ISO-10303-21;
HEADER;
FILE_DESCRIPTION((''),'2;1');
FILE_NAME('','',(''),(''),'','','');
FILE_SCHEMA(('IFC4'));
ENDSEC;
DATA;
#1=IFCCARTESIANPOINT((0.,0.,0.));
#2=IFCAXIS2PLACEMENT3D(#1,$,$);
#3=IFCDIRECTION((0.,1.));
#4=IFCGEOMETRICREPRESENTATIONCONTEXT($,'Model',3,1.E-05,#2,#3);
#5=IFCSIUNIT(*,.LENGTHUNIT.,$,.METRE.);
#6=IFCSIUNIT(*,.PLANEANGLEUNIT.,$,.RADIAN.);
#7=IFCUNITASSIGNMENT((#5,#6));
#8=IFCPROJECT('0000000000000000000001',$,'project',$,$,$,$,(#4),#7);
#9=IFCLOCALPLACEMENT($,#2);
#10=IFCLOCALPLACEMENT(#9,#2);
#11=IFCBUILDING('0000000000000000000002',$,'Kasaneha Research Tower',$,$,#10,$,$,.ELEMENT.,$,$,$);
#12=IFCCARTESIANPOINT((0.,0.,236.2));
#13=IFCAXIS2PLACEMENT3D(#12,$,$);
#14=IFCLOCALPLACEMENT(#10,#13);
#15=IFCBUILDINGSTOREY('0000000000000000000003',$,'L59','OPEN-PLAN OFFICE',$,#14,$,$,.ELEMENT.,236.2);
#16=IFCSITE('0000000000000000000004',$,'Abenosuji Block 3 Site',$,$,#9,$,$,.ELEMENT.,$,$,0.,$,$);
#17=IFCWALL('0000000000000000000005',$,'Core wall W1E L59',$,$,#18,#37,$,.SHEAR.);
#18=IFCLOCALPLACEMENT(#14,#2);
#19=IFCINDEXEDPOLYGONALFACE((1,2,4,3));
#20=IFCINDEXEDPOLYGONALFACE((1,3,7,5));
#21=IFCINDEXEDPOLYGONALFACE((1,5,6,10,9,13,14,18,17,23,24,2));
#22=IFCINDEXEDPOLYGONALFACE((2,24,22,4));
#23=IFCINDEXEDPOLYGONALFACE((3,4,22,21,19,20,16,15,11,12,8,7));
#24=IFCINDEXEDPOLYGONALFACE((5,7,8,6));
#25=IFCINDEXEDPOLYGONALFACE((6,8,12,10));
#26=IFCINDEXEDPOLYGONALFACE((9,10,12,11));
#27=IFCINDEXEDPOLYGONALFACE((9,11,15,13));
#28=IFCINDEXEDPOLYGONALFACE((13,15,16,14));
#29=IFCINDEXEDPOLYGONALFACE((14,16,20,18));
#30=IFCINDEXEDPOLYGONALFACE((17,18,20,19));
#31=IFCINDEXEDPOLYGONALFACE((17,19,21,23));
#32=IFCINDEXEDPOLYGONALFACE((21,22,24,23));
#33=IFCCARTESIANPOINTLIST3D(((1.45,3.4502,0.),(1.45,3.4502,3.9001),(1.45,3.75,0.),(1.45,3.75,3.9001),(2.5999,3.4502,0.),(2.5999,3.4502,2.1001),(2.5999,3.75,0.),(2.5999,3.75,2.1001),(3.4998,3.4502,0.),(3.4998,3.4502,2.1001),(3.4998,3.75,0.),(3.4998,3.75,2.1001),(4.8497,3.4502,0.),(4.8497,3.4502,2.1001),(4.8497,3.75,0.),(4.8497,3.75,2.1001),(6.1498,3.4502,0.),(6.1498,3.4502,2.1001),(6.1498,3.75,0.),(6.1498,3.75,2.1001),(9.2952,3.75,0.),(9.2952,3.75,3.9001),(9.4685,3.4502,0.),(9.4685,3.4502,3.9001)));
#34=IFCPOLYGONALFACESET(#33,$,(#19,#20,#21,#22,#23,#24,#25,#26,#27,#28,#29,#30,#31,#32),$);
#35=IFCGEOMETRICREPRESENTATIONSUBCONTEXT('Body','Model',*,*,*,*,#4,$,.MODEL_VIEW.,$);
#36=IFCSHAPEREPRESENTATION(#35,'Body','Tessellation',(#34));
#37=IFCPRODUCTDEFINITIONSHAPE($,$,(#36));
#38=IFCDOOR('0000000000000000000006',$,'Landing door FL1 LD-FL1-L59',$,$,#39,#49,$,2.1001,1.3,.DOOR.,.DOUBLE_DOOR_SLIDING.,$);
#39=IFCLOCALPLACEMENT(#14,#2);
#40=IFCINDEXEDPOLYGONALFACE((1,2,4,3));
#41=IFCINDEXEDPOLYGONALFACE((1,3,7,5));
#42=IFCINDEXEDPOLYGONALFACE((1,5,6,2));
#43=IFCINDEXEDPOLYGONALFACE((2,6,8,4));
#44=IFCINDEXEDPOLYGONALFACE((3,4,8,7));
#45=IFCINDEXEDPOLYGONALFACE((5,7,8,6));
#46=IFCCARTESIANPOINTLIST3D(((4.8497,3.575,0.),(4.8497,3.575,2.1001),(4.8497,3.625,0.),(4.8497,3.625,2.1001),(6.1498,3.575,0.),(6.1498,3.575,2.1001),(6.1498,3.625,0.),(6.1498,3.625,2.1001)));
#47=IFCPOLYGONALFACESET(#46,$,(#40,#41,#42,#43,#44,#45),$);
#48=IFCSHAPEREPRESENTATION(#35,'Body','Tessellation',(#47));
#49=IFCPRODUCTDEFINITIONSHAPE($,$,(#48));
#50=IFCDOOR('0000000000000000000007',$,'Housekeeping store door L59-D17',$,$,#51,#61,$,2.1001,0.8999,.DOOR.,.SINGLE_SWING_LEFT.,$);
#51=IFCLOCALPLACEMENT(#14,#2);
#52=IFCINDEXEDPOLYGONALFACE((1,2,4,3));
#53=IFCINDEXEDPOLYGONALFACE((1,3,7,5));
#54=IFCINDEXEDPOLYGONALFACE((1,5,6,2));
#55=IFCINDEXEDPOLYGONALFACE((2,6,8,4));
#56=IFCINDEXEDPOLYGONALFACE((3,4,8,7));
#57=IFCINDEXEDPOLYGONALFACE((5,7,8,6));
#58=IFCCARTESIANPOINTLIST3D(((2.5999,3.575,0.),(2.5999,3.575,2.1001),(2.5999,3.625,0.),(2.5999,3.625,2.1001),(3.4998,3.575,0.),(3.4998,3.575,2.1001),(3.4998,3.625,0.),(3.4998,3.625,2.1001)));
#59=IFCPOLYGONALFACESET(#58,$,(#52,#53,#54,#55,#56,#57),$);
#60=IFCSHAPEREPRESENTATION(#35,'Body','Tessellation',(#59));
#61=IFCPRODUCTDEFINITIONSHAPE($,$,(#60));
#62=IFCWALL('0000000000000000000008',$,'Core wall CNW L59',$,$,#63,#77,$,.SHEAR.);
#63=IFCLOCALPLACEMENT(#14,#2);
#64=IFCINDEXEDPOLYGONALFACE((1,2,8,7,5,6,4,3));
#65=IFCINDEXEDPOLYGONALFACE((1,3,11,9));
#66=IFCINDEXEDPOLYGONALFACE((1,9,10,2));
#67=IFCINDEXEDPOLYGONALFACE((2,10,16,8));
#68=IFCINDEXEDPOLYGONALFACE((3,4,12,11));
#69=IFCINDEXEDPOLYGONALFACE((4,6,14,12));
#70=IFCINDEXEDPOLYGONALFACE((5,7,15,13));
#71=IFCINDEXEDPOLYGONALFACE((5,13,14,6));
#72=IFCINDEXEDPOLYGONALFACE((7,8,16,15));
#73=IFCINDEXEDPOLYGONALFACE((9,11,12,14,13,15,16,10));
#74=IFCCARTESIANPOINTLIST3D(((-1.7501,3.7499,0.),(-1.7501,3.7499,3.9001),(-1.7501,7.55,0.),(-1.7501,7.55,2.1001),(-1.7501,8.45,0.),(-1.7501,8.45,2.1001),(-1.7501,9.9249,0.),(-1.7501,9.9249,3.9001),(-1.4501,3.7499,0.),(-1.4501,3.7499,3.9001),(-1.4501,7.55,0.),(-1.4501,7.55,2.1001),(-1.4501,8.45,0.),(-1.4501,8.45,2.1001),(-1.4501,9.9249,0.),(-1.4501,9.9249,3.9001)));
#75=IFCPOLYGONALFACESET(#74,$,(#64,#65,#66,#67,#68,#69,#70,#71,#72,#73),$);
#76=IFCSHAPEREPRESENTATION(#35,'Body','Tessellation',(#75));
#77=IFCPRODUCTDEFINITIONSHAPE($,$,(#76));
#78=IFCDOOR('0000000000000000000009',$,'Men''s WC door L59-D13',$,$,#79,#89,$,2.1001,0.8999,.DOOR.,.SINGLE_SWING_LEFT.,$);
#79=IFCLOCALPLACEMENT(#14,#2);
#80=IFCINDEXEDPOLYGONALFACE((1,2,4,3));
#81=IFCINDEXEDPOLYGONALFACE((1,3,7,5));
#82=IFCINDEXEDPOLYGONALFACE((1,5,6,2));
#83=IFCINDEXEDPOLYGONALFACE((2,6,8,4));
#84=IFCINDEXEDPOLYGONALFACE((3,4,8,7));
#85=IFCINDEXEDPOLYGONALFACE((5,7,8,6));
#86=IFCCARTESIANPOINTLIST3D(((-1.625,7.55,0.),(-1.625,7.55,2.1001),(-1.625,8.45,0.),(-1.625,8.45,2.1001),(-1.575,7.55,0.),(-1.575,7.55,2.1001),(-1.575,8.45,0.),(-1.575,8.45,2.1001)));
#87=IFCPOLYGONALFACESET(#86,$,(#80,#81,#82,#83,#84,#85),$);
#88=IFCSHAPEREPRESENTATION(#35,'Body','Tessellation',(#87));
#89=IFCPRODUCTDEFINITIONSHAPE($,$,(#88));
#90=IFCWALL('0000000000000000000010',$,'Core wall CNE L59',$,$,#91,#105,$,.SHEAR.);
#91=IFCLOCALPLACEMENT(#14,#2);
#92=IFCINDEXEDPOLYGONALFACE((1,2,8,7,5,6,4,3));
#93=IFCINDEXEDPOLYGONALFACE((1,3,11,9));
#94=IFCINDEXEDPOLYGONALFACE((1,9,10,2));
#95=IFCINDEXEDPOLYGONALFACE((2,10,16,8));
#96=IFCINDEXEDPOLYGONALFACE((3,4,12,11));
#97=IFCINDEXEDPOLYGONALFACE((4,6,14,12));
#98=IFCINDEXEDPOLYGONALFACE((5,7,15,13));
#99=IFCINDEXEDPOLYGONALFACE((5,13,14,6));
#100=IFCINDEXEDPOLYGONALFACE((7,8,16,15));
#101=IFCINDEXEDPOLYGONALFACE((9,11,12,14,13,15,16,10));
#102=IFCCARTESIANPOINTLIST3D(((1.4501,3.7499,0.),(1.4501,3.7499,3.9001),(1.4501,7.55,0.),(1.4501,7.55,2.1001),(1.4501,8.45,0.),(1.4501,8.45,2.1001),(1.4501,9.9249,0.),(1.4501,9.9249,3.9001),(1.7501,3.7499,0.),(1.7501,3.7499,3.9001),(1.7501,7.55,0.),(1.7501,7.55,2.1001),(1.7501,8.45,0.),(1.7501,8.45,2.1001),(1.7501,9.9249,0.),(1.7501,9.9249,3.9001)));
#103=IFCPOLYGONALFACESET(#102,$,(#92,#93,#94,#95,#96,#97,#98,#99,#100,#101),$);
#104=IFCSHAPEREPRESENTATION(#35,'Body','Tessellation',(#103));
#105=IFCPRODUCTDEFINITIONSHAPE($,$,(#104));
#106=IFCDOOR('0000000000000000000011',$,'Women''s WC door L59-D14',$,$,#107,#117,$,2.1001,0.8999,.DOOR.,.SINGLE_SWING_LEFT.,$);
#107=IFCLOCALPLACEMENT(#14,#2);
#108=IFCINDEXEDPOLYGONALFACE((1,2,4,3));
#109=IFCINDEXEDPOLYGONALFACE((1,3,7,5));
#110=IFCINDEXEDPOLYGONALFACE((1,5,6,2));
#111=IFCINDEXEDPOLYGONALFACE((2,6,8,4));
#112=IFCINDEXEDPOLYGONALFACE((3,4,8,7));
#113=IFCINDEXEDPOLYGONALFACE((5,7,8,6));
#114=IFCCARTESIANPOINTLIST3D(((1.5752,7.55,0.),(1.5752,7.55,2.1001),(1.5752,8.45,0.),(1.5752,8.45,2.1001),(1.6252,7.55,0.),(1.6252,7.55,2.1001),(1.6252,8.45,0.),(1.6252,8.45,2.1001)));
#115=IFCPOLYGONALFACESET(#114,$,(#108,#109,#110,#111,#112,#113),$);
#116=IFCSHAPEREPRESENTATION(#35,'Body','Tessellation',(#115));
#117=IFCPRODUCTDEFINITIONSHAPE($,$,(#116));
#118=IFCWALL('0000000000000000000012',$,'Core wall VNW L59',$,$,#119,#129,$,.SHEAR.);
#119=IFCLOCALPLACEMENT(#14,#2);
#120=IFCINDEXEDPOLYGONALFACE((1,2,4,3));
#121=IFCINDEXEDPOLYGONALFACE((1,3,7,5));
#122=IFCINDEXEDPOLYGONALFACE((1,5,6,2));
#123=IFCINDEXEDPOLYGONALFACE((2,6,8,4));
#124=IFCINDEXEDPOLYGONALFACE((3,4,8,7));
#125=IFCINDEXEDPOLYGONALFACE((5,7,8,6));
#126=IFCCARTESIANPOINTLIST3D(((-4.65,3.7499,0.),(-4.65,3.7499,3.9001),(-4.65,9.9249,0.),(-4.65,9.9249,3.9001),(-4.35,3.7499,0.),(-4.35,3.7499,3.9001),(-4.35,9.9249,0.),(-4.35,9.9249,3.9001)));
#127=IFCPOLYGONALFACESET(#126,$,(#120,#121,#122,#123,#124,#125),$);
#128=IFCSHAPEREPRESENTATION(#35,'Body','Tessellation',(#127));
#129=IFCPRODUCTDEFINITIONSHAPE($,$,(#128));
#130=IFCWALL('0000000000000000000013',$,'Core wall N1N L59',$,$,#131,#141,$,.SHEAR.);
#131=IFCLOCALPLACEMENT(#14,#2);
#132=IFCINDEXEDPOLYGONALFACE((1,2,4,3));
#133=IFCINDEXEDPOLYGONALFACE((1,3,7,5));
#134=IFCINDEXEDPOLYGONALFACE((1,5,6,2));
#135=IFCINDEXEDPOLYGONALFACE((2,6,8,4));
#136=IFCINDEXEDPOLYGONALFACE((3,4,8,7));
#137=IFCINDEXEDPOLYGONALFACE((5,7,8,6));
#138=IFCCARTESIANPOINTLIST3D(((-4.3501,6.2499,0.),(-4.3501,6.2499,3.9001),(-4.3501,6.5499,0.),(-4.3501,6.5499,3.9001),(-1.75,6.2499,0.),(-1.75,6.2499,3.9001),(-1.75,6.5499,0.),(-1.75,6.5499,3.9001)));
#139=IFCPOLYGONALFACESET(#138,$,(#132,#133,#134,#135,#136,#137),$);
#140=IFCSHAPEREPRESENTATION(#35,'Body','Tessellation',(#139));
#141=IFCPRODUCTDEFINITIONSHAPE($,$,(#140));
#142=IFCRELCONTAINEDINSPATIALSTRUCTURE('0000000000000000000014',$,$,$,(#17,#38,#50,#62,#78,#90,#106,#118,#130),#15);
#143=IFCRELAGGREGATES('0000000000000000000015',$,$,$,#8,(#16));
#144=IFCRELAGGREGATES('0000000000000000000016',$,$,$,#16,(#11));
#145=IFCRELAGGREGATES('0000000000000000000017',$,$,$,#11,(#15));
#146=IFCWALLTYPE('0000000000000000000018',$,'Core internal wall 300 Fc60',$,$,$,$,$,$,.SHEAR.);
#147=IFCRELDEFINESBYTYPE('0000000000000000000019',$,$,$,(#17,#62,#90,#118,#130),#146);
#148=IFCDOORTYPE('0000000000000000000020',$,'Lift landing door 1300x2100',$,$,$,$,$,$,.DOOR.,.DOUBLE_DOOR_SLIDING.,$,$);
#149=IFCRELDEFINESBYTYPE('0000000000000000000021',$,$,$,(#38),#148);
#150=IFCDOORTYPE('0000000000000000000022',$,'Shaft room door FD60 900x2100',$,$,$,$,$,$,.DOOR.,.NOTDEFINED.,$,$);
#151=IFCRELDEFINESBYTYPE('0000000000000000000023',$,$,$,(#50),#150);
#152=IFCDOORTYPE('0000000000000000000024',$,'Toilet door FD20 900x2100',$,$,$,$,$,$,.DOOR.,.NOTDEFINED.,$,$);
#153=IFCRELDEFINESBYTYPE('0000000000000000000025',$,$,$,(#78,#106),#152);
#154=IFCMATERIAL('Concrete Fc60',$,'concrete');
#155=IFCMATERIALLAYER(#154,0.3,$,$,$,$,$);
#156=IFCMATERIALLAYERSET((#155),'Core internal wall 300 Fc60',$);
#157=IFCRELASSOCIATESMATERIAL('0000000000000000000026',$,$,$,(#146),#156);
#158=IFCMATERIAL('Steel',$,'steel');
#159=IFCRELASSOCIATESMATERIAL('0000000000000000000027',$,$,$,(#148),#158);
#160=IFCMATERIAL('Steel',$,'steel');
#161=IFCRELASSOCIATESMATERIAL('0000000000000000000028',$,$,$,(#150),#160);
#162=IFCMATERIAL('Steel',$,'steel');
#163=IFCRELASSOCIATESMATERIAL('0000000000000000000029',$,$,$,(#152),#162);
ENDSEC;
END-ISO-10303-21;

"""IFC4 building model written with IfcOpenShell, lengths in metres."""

from ifc_helpers import new_model, si_unit, direction, frame, frame_2d, origin, place, context, subcontext, project, spatial, polyline, rectangle, outline, extrude, material, layer, layer_set, type_object, element, fill, save


model = new_model("IFC4")

# Units and contexts
model_context = context("Model", 3, precision=1e-05, world=origin(), true_north=direction((0.0, 1.0)))
body_context = subcontext(model_context, "Body", "Model", "MODEL_VIEW")
ifc_project = project(units=[si_unit("LENGTHUNIT", "METRE"), si_unit("PLANEANGLEUNIT", "RADIAN")], contexts=[model_context])

# Site, building, storey
site_placement = place(None, origin())
site = spatial("IfcSite", under=ifc_project, at=site_placement, Name="Abenosuji Block 3 Site", CompositionType="ELEMENT", RefElevation=0.0)
building_placement = place(site_placement, origin())
building = spatial("IfcBuilding", under=site, at=building_placement, Name="Kasaneha Research Tower", CompositionType="ELEMENT")
storey_placement = place(building_placement, frame((0.0, 0.0, 236.2)))
storey = spatial("IfcBuildingStorey", under=building, at=storey_placement, Name="L59", Description="OPEN-PLAN OFFICE", CompositionType="ELEMENT", Elevation=236.2)

# Wall, openings, doors
ifc_material_1 = material(Name="Concrete Fc60", Category="concrete")
ifc_layer_1 = layer(ifc_material_1, 0.3)
ifc_layer_set_1 = layer_set([ifc_layer_1], Name="Core internal wall 300 Fc60")
wall_type_1 = type_object("IfcWallType", Name="Core internal wall 300 Fc60", PredefinedType="SHEAR", material=ifc_layer_set_1)
wall_1_placement = place(storey_placement, frame((1.45, 3.6001, 0.0), z_axis=(0.0, 0.0, 1.0), x_axis=(1.0, 0.0, 0.0)))
wall_1 = element("IfcWall", 1, at=wall_1_placement, inside=storey, type_object=wall_type_1, Name="Core wall W1E L59", PredefinedType="SHEAR", context=body_context, shape_type="SweptSolid", body=[
    extrude(outline(polyline([(0.0, -0.1499), (1.1499, -0.1499), (2.0498, -0.1499), (3.3999, -0.1499), (4.7, -0.1499), (8.0186, -0.1499), (7.8452, 0.1499), (4.7, 0.1499), (3.3999, 0.1499), (2.0498, 0.1499), (1.1499, 0.1499), (0.0, 0.1499), (0.0, -0.1499)])), origin(), (0.0, 0.0, 1.0), 3.9001),
])
opening_1_placement = place(wall_1_placement, frame((1.1499, 0.0, 0.0)))
opening_1 = element("IfcOpeningElement", 2, at=opening_1_placement, cuts=wall_1, PredefinedType="OPENING", context=body_context, shape_type="SweptSolid", body=[
    extrude(rectangle(XDim=0.8999, YDim=2.1001, at=frame_2d((0.45, 1.05))), frame((0.0, 0.1602, 0.0), z_axis=(0.0, -1.0, 0.0), x_axis=(1.0, 0.0, 0.0)), (0.0, 0.0, 1.0), 0.3201),
])
opening_2_placement = place(wall_1_placement, frame((3.3999, 0.0, 0.0)))
opening_2 = element("IfcOpeningElement", 3, at=opening_2_placement, cuts=wall_1, PredefinedType="OPENING", context=body_context, shape_type="SweptSolid", body=[
    extrude(rectangle(XDim=1.3, YDim=2.1001, at=frame_2d((0.6499, 1.05))), frame((0.0, 0.1602, 0.0), z_axis=(0.0, -1.0, 0.0), x_axis=(1.0, 0.0, 0.0)), (0.0, 0.0, 1.0), 0.3201),
])
ifc_material_2 = material(Name="Steel", Category="steel")
door_type_1 = type_object("IfcDoorType", Name="Lift landing door 1300x2100", OperationType="DOUBLE_DOOR_SLIDING", PredefinedType="DOOR", material=ifc_material_2)
door_1_placement = place(opening_2_placement, origin())
door_1 = element("IfcDoor", 4, at=door_1_placement, inside=storey, type_object=door_type_1, Name="Landing door FL1 LD-FL1-L59", OperationType="DOUBLE_DOOR_SLIDING", OverallHeight=2.1001, OverallWidth=1.3, PredefinedType="DOOR", context=body_context, shape_type="SweptSolid", body=[
    extrude(rectangle(XDim=1.3, YDim=2.1001, at=frame_2d((0.6499, 1.05))), frame((0.0, 0.0249, 0.0), z_axis=(0.0, -1.0, 0.0), x_axis=(1.0, 0.0, 0.0)), (0.0, 0.0, 1.0), 0.05),
])
fill(opening_2, door_1)
ifc_material_3 = material(Name="Steel", Category="steel")
door_type_2 = type_object("IfcDoorType", Name="Shaft room door FD60 900x2100", OperationType="NOTDEFINED", PredefinedType="DOOR", material=ifc_material_3)
door_2_placement = place(opening_1_placement, origin())
door_2 = element("IfcDoor", 5, at=door_2_placement, inside=storey, type_object=door_type_2, Name="Housekeeping store door L59-D17", OperationType="SINGLE_SWING_LEFT", OverallHeight=2.1001, OverallWidth=0.8999, PredefinedType="DOOR", context=body_context, shape_type="SweptSolid", body=[
    extrude(rectangle(XDim=0.8999, YDim=2.1001, at=frame_2d((0.45, 1.05))), frame((0.0, 0.0249, 0.0), z_axis=(0.0, -1.0, 0.0), x_axis=(1.0, 0.0, 0.0)), (0.0, 0.0, 1.0), 0.05),
])
fill(opening_1, door_2)

# Walls, openings, doors
wall_2_placement = place(storey_placement, frame((-1.6001, 3.75, 0.0), z_axis=(0.0, 0.0, 1.0), x_axis=(0.0, 1.0, 0.0)))
wall_2 = element("IfcWall", 6, at=wall_2_placement, inside=storey, type_object=wall_type_1, Name="Core wall CNW L59", PredefinedType="SHEAR", context=body_context, shape_type="SweptSolid", body=[
    extrude(rectangle(XDim=6.175, YDim=0.3, at=frame_2d((3.0874, 0.0))), origin(), (0.0, 0.0, 1.0), 3.9001),
])
opening_3_placement = place(wall_2_placement, frame((3.8, 0.0, 0.0)))
opening_3 = element("IfcOpeningElement", 7, at=opening_3_placement, cuts=wall_2, PredefinedType="OPENING", context=body_context, shape_type="SweptSolid", body=[
    extrude(rectangle(XDim=0.8999, YDim=2.1001, at=frame_2d((0.45, 1.05))), frame((0.0, 0.1602, 0.0), z_axis=(0.0, -1.0, 0.0), x_axis=(1.0, 0.0, 0.0)), (0.0, 0.0, 1.0), 0.3201),
])
ifc_material_4 = material(Name="Steel", Category="steel")
door_type_3 = type_object("IfcDoorType", Name="Toilet door FD20 900x2100", OperationType="NOTDEFINED", PredefinedType="DOOR", material=ifc_material_4)
door_3_placement = place(opening_3_placement, origin())
door_3 = element("IfcDoor", 8, at=door_3_placement, inside=storey, type_object=door_type_3, Name="Men's WC door L59-D13", OperationType="SINGLE_SWING_LEFT", OverallHeight=2.1001, OverallWidth=0.8999, PredefinedType="DOOR", context=body_context, shape_type="SweptSolid", body=[
    extrude(rectangle(XDim=0.8999, YDim=2.1001, at=frame_2d((0.45, 1.05))), frame((0.0, 0.0249, 0.0), z_axis=(0.0, -1.0, 0.0), x_axis=(1.0, 0.0, 0.0)), (0.0, 0.0, 1.0), 0.05),
])
fill(opening_3, door_3)
wall_3_placement = place(storey_placement, frame((1.6001, 3.75, 0.0), z_axis=(0.0, 0.0, 1.0), x_axis=(0.0, 1.0, 0.0)))
wall_3 = element("IfcWall", 9, at=wall_3_placement, inside=storey, type_object=wall_type_1, Name="Core wall CNE L59", PredefinedType="SHEAR", context=body_context, shape_type="SweptSolid", body=[
    extrude(rectangle(XDim=6.175, YDim=0.3, at=frame_2d((3.0874, 0.0))), origin(), (0.0, 0.0, 1.0), 3.9001),
])
opening_4_placement = place(wall_3_placement, frame((3.8, 0.0, 0.0)))
opening_4 = element("IfcOpeningElement", 10, at=opening_4_placement, cuts=wall_3, PredefinedType="OPENING", context=body_context, shape_type="SweptSolid", body=[
    extrude(rectangle(XDim=0.8999, YDim=2.1001, at=frame_2d((0.45, 1.05))), frame((0.0, 0.1602, 0.0), z_axis=(0.0, -1.0, 0.0), x_axis=(1.0, 0.0, 0.0)), (0.0, 0.0, 1.0), 0.3201),
])
door_4_placement = place(opening_4_placement, origin())
door_4 = element("IfcDoor", 11, at=door_4_placement, inside=storey, type_object=door_type_3, Name="Women's WC door L59-D14", OperationType="SINGLE_SWING_LEFT", OverallHeight=2.1001, OverallWidth=0.8999, PredefinedType="DOOR", context=body_context, shape_type="SweptSolid", body=[
    extrude(rectangle(XDim=0.8999, YDim=2.1001, at=frame_2d((0.45, 1.05))), frame((0.0, 0.0249, 0.0), z_axis=(0.0, -1.0, 0.0), x_axis=(1.0, 0.0, 0.0)), (0.0, 0.0, 1.0), 0.05),
])
fill(opening_4, door_4)

# Walls
wall_4_placement = place(storey_placement, frame((-4.5, 3.75, 0.0), z_axis=(0.0, 0.0, 1.0), x_axis=(0.0, 1.0, 0.0)))
element("IfcWall", 12, at=wall_4_placement, inside=storey, type_object=wall_type_1, Name="Core wall VNW L59", PredefinedType="SHEAR", context=body_context, shape_type="SweptSolid", body=[
    extrude(rectangle(XDim=6.175, YDim=0.3, at=frame_2d((3.0874, 0.0))), origin(), (0.0, 0.0, 1.0), 3.9001),
])
wall_5_placement = place(storey_placement, frame((-4.3501, 6.3999, 0.0), z_axis=(0.0, 0.0, 1.0), x_axis=(1.0, 0.0, 0.0)))
element("IfcWall", 13, at=wall_5_placement, inside=storey, type_object=wall_type_1, Name="Core wall N1N L59", PredefinedType="SHEAR", context=body_context, shape_type="SweptSolid", body=[
    extrude(rectangle(XDim=2.6001, YDim=0.3, at=frame_2d((1.3, 0.0))), origin(), (0.0, 0.0, 1.0), 3.9001),
])

save(model, "model.ifc")
